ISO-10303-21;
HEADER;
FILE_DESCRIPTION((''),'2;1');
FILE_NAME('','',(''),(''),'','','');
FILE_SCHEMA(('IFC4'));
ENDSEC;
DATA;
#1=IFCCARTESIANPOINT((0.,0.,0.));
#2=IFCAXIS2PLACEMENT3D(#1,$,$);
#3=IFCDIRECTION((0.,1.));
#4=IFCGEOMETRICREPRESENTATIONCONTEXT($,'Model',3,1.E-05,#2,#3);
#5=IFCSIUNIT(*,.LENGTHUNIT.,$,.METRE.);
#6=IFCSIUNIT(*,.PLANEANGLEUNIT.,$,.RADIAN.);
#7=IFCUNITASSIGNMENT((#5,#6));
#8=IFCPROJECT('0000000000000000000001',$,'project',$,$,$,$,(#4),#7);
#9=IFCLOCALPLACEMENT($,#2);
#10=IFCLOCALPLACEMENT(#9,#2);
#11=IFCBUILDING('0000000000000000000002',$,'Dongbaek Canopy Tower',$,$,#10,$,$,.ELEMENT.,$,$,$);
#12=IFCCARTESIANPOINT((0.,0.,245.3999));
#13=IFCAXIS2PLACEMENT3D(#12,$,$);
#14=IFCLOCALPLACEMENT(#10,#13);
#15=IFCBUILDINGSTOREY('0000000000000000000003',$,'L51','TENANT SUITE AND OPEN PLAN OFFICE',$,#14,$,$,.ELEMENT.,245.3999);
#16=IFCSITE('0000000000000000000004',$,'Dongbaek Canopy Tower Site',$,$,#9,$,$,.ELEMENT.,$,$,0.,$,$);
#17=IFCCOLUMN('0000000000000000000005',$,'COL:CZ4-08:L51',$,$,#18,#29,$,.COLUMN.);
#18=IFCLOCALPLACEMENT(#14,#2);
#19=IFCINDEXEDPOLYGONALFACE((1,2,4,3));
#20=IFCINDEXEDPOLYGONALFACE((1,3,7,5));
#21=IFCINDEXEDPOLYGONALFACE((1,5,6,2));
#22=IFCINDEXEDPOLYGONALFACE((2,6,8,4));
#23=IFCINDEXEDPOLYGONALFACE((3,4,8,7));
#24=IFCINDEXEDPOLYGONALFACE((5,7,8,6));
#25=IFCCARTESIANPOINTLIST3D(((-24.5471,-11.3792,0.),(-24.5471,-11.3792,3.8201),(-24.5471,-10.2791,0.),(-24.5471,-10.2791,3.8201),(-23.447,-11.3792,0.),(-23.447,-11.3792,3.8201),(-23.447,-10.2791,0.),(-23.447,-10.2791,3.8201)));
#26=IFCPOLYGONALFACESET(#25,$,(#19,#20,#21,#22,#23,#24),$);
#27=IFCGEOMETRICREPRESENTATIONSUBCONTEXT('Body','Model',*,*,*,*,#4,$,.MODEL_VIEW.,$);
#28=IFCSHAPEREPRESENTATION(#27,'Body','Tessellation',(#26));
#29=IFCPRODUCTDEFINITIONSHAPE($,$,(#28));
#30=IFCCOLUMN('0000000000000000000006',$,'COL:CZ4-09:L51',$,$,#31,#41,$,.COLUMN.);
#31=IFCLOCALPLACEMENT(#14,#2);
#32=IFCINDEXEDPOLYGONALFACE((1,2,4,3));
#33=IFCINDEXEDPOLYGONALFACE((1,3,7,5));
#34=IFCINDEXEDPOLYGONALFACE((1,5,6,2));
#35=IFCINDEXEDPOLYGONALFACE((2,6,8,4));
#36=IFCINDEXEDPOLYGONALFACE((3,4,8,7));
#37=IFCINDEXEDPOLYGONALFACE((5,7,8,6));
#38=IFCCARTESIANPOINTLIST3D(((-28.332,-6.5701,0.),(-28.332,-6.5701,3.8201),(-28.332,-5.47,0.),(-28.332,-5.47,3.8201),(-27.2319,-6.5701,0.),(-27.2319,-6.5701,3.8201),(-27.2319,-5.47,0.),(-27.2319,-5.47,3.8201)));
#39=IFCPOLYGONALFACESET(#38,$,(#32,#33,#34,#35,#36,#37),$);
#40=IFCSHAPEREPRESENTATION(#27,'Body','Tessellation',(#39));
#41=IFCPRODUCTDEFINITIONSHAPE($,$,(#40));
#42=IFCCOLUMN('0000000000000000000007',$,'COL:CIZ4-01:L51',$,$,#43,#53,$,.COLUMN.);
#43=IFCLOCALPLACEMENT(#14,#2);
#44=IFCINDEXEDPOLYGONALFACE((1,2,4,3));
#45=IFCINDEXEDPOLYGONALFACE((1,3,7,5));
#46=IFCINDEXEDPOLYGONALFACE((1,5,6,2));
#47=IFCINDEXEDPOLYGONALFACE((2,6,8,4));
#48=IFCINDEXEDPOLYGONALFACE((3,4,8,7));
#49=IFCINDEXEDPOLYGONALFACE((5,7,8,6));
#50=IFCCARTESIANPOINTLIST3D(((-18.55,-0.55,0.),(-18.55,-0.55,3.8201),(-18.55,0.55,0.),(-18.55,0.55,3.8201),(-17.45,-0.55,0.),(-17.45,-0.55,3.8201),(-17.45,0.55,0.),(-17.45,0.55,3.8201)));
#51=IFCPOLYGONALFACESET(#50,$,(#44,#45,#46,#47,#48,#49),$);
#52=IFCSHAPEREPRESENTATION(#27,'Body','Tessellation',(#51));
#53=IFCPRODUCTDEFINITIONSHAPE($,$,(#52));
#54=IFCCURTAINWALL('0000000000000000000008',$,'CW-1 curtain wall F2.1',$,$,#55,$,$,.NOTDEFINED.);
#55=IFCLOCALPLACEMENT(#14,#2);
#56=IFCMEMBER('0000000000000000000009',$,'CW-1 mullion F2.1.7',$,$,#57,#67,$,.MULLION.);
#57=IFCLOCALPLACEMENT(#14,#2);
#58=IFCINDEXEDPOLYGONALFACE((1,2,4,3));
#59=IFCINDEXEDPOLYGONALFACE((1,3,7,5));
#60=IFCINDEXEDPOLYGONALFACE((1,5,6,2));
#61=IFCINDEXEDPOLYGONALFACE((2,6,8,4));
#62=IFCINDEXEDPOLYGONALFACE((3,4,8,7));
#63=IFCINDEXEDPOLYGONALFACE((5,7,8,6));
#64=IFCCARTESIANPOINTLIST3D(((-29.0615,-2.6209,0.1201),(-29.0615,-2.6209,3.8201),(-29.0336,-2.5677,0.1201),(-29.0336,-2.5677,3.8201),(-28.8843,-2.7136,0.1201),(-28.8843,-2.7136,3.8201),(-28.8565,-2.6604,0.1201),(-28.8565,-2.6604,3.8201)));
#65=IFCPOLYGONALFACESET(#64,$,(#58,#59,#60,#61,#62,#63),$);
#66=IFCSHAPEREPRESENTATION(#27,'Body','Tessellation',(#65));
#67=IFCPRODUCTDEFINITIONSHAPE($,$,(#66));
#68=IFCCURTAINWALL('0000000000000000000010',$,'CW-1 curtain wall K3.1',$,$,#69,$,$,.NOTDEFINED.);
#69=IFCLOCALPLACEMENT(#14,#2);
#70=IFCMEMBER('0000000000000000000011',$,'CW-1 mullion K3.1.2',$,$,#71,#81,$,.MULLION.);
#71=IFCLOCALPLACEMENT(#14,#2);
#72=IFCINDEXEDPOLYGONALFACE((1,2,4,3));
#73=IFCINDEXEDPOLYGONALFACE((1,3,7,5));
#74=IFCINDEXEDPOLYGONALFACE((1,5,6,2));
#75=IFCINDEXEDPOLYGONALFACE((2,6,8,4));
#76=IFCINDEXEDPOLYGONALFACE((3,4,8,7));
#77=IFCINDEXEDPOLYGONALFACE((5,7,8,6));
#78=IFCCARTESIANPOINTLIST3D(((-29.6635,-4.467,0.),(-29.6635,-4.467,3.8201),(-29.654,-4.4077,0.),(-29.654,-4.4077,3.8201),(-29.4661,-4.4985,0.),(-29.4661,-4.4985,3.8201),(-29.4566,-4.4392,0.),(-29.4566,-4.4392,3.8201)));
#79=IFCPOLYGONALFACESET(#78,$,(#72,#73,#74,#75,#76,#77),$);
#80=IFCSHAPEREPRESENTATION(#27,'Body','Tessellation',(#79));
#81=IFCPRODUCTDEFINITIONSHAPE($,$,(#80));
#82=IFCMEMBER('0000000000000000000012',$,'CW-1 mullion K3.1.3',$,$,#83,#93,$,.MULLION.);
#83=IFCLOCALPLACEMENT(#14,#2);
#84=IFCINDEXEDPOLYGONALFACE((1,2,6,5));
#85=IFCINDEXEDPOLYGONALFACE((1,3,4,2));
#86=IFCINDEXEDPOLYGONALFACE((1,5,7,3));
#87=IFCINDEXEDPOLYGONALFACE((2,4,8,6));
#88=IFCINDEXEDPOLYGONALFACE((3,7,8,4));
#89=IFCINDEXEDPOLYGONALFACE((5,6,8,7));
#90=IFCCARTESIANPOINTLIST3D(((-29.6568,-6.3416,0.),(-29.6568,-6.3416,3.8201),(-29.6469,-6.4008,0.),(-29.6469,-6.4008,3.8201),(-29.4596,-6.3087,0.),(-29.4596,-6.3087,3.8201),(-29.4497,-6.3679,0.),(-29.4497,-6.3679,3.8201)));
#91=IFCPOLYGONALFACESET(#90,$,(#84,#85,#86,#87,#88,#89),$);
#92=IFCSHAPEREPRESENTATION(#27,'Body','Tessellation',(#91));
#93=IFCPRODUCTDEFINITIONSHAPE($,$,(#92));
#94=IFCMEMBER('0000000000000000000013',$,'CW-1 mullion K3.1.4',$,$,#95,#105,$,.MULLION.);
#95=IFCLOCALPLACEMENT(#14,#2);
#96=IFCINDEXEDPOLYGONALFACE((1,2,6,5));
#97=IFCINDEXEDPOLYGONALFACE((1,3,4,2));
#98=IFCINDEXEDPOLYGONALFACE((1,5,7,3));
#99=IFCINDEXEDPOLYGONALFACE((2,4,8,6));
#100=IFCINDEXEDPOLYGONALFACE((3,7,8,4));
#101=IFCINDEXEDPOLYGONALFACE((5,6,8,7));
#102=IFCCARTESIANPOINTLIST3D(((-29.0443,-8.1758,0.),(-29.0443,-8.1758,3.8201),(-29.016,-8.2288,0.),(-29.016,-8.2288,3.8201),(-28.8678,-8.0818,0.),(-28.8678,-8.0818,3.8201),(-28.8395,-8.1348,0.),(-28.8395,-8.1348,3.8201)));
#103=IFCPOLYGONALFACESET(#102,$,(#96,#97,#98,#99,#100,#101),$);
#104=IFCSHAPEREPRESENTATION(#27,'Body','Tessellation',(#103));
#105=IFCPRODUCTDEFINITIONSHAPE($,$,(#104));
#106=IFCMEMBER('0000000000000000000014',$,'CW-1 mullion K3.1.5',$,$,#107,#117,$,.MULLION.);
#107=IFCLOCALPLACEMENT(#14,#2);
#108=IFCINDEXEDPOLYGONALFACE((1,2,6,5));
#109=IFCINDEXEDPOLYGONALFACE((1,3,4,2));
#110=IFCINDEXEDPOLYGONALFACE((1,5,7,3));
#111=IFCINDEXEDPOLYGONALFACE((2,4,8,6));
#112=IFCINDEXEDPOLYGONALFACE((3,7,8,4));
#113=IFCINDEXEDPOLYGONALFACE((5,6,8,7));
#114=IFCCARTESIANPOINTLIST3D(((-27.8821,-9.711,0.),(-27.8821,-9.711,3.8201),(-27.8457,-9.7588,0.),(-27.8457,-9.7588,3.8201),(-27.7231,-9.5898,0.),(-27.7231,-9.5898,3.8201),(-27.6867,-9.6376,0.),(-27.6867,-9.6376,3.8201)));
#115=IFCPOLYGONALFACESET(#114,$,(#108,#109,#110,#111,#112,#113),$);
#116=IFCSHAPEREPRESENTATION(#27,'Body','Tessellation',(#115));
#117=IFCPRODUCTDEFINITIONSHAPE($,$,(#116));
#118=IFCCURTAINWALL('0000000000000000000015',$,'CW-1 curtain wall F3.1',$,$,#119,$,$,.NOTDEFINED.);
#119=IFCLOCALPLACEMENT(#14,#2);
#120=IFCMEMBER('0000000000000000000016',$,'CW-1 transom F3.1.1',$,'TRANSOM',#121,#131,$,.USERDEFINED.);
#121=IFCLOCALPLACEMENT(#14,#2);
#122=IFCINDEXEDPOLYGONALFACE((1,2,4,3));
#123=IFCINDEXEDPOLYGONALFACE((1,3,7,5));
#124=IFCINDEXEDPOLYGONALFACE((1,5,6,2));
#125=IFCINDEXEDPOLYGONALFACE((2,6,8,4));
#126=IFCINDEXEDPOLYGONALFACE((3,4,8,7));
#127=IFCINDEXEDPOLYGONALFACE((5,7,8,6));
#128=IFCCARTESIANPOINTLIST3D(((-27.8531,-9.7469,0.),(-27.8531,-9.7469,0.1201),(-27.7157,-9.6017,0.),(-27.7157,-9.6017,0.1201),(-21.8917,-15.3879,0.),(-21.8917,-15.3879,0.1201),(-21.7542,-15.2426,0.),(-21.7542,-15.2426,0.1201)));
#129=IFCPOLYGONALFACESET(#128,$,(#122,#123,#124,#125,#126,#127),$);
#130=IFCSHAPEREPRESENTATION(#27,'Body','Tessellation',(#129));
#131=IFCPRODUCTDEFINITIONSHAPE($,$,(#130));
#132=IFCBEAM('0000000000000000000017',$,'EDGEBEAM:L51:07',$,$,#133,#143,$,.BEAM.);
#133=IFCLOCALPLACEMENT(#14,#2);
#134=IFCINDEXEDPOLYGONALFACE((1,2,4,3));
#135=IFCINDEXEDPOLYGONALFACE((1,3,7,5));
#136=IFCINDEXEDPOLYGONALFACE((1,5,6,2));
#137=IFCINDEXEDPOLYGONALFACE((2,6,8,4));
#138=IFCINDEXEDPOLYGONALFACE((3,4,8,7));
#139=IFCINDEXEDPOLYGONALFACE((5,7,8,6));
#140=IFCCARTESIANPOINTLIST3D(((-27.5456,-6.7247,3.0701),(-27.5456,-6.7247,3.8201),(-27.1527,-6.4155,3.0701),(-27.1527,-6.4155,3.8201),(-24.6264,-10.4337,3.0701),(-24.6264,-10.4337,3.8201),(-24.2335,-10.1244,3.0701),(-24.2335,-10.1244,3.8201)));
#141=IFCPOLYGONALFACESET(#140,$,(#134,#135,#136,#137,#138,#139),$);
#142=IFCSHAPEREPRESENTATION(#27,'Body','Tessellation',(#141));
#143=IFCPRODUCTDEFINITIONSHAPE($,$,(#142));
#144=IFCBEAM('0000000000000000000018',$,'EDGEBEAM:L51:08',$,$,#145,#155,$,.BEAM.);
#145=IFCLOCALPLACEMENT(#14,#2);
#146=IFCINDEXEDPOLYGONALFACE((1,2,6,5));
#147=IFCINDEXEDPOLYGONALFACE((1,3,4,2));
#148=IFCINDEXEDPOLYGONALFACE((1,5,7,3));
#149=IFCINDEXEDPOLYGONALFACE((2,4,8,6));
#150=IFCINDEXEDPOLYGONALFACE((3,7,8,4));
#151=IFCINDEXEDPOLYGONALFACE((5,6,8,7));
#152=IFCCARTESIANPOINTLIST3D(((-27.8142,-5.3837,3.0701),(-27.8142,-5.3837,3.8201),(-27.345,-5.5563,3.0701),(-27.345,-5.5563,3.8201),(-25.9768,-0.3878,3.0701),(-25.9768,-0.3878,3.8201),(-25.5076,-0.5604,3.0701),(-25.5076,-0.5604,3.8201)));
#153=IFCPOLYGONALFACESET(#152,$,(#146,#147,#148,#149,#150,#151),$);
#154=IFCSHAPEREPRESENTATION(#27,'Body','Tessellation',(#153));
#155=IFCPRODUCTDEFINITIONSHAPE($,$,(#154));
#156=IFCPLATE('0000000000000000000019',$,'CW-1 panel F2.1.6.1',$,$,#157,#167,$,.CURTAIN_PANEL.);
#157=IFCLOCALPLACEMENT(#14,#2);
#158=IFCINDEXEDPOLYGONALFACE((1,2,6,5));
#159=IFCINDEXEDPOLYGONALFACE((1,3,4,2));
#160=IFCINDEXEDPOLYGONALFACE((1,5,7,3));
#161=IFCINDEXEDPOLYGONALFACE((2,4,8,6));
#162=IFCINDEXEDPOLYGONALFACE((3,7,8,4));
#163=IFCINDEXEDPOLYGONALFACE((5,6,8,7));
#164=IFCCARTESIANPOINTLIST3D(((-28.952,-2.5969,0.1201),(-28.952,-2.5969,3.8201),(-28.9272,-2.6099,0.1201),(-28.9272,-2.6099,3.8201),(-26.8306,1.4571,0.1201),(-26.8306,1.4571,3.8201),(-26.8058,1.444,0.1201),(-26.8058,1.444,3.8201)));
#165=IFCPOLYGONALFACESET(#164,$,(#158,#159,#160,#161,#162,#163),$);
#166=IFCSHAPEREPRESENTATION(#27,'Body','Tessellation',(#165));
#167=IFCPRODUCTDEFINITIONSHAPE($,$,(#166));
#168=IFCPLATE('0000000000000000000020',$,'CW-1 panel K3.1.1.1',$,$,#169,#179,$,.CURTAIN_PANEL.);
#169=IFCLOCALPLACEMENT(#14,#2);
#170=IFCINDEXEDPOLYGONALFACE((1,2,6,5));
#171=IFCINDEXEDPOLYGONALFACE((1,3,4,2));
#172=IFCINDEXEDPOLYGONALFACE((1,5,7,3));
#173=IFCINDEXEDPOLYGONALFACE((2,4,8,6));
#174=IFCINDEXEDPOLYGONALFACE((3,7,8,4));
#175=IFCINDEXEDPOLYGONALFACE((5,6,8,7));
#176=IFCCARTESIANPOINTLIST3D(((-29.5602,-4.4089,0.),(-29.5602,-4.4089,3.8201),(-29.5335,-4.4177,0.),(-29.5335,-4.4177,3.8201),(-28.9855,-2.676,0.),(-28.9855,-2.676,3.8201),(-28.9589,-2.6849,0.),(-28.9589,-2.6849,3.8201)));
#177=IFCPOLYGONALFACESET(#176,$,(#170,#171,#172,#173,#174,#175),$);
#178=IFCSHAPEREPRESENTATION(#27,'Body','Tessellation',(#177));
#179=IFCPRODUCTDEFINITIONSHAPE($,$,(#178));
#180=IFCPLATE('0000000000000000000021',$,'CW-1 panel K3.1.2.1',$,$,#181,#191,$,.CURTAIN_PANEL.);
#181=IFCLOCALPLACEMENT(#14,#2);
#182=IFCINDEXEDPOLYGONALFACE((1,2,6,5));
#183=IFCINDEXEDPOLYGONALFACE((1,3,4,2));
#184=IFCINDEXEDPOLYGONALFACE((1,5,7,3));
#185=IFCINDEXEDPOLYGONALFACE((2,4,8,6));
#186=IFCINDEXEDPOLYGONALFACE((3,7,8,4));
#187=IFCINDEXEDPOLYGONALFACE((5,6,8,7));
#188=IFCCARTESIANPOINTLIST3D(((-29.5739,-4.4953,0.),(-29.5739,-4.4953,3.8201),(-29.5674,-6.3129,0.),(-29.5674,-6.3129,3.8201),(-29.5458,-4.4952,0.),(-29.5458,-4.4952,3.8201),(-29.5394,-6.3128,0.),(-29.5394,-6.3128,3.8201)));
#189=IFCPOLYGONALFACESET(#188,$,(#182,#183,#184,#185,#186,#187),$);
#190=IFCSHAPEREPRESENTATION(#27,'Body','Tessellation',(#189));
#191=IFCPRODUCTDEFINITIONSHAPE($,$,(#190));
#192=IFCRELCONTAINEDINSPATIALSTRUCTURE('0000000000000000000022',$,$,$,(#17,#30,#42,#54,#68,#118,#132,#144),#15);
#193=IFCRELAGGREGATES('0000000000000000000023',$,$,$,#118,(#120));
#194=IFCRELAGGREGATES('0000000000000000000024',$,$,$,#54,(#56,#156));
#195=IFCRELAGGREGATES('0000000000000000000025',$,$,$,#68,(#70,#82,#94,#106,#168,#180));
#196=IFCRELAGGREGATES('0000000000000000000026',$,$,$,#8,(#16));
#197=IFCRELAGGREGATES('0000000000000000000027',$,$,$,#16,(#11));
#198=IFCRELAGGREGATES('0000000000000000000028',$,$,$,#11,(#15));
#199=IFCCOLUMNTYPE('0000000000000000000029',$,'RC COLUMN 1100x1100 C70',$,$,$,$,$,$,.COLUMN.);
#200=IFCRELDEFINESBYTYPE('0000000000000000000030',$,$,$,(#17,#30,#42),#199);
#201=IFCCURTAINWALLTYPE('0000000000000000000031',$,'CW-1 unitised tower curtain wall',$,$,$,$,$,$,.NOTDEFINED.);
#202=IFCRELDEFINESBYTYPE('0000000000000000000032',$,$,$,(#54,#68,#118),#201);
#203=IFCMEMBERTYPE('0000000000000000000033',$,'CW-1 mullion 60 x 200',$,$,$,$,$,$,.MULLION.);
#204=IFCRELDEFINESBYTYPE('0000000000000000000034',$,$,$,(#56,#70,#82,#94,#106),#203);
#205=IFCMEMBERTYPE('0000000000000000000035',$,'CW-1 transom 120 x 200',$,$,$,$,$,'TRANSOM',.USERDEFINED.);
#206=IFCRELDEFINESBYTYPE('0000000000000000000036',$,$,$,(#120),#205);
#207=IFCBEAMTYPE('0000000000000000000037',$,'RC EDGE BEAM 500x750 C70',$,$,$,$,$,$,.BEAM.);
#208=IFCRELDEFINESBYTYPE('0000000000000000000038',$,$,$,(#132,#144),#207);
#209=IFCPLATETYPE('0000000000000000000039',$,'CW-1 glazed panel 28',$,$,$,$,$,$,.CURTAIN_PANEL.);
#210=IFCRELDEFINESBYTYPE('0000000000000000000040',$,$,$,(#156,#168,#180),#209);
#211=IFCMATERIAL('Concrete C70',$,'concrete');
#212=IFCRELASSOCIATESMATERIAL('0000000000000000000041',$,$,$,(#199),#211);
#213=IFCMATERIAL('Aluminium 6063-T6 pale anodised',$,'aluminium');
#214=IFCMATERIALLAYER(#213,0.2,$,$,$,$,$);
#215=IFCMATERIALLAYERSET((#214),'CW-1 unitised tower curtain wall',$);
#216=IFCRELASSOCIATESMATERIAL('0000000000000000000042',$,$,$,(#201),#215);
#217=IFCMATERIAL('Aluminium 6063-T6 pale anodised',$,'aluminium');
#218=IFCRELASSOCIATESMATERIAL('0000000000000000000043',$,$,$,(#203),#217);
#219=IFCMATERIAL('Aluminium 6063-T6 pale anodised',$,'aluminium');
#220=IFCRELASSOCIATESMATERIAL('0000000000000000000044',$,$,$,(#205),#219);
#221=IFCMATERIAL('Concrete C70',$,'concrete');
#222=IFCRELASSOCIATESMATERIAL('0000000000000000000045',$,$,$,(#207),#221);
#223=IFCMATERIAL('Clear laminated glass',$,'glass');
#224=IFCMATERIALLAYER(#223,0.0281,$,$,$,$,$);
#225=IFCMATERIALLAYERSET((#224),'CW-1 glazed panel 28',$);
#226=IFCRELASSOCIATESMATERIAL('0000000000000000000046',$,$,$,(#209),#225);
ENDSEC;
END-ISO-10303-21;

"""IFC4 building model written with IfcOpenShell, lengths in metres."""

from ifc_helpers import new_model, si_unit, direction, frame, origin, origin_2d, place, context, subcontext, project, spatial, rectangle, extrude, material, layer, layer_set, material_profile, profile_set, type_object, element, aggregate, save


model = new_model("IFC4")

# Units and contexts
model_context = context("Model", 3, precision=1e-05, world=origin(), true_north=direction((0.0, 1.0)))
body_context = subcontext(model_context, "Body", "Model", "MODEL_VIEW")
ifc_project = project(units=[si_unit("LENGTHUNIT", "METRE"), si_unit("PLANEANGLEUNIT", "RADIAN")], contexts=[model_context])

# Site, building, storey
site_placement = place(None, origin())
site = spatial("IfcSite", under=ifc_project, at=site_placement, Name="Dongbaek Canopy Tower Site", CompositionType="ELEMENT", RefElevation=0.0)
building_placement = place(site_placement, origin())
building = spatial("IfcBuilding", under=site, at=building_placement, Name="Dongbaek Canopy Tower", CompositionType="ELEMENT")
storey_placement = place(building_placement, frame((0.0, 0.0, 245.3999)))
storey = spatial("IfcBuildingStorey", under=building, at=storey_placement, Name="L51", Description="TENANT SUITE AND OPEN PLAN OFFICE", CompositionType="ELEMENT", Elevation=245.3999)

# Columns
ifc_material_1 = material(Name="Concrete C70", Category="concrete")
ifc_material_profile_1 = material_profile(ifc_material_1, rectangle(XDim=1.1001, YDim=1.1001, at=origin_2d()), Name="RC COLUMN 1100x1100 C70")
ifc_profile_set_1 = profile_set([ifc_material_profile_1], Name="Concrete C70")
column_type = type_object("IfcColumnType", Name="RC COLUMN 1100x1100 C70", PredefinedType="COLUMN", material=ifc_profile_set_1)
for number, where, z_axis, x_axis, name in (
    (1, (-23.9971, -10.8291, 0.0), (0.0, 0.0, 1.0), (1.0, 0.0, 0.0), "COL:CZ4-08:L51"),
    (2, (-27.782, -6.02, 0.0), (0.0, 0.0, 1.0), (1.0, 0.0, 0.0), "COL:CZ4-09:L51"),
    (3, (-18.0, 0.0, 0.0), (0.0, 0.0, 1.0), (1.0, 0.0, 0.0), "COL:CIZ4-01:L51"),
):
    element("IfcColumn", number, at=place(storey_placement, frame(where, z_axis=z_axis, x_axis=x_axis)), inside=storey, type_object=column_type, Name=name, PredefinedType="COLUMN", context=body_context, shape_type="SweptSolid", body=[
        extrude(rectangle(XDim=1.1001, YDim=1.1001, at=origin_2d()), origin(), (0.0, 0.0, 1.0), 3.8201),
    ])

# Curtain wall, member
ifc_material_2 = material(Name="Aluminium 6063-T6 pale anodised", Category="aluminium")
ifc_layer_1 = layer(ifc_material_2, 0.2)
ifc_layer_set_1 = layer_set([ifc_layer_1], Name="CW-1 unitised tower curtain wall")
curtain_wall_type = type_object("IfcCurtainWallType", Name="CW-1 unitised tower curtain wall", PredefinedType="NOTDEFINED", material=ifc_layer_set_1)
curtain_wall_1_placement = place(storey_placement, origin())
curtain_wall_1 = element("IfcCurtainWall", 4, at=curtain_wall_1_placement, inside=storey, type_object=curtain_wall_type, Name="CW-1 curtain wall F2.1", PredefinedType="NOTDEFINED")
ifc_material_3 = material(Name="Aluminium 6063-T6 pale anodised", Category="aluminium")
ifc_material_profile_2 = material_profile(ifc_material_3, rectangle(XDim=0.2, YDim=0.0601, at=origin_2d()), Name="CW-1 mullion 60 x 200")
ifc_profile_set_2 = profile_set([ifc_material_profile_2], Name="Aluminium 6063-T6 pale anodised")
member_type_1 = type_object("IfcMemberType", Name="CW-1 mullion 60 x 200", PredefinedType="MULLION", material=ifc_profile_set_2)
member_1_placement = place(storey_placement, frame((-28.959, -2.6406, 0.1201), z_axis=(0.0, 0.0, 1.0), x_axis=(-0.886019, 0.463649, 0.0)))
member_1 = element("IfcMember", 5, at=member_1_placement, type_object=member_type_1, Name="CW-1 mullion F2.1.7", PredefinedType="MULLION", context=body_context, shape_type="SweptSolid", body=[
    extrude(rectangle(XDim=0.2, YDim=0.0601, at=origin_2d()), origin(), (0.0, 0.0, 1.0), 3.7),
])

# Curtain wall, members
curtain_wall_2_placement = place(storey_placement, origin())
curtain_wall_2 = element("IfcCurtainWall", 6, at=curtain_wall_2_placement, inside=storey, type_object=curtain_wall_type, Name="CW-1 curtain wall K3.1", PredefinedType="NOTDEFINED")
member_2_placement = place(storey_placement, frame((-29.5601, -4.4531, 0.0), z_axis=(0.0, 0.0, 1.0), x_axis=(-0.987493, 0.157665, 0.0)))
member_2 = element("IfcMember", 7, at=member_2_placement, type_object=member_type_1, Name="CW-1 mullion K3.1.2", PredefinedType="MULLION", context=body_context, shape_type="SweptSolid", body=[
    extrude(rectangle(XDim=0.2, YDim=0.0601, at=origin_2d()), origin(), (0.0, 0.0, 1.0), 3.8201),
])
member_3_placement = place(storey_placement, frame((-29.5532, -6.3547, 0.0), z_axis=(0.0, 0.0, 1.0), x_axis=(-0.986343, -0.164704, 0.0)))
member_3 = element("IfcMember", 8, at=member_3_placement, type_object=member_type_1, Name="CW-1 mullion K3.1.3", PredefinedType="MULLION", context=body_context, shape_type="SweptSolid", body=[
    extrude(rectangle(XDim=0.2, YDim=0.0601, at=origin_2d()), origin(), (0.0, 0.0, 1.0), 3.8201),
])
member_4_placement = place(storey_placement, frame((-28.9419, -8.1553, 0.0), z_axis=(0.0, 0.0, 1.0), x_axis=(-0.88269, -0.469956, 0.0)))
member_4 = element("IfcMember", 9, at=member_4_placement, type_object=member_type_1, Name="CW-1 mullion K3.1.4", PredefinedType="MULLION", context=body_context, shape_type="SweptSolid", body=[
    extrude(rectangle(XDim=0.2, YDim=0.0601, at=origin_2d()), origin(), (0.0, 0.0, 1.0), 3.8201),
])
member_5_placement = place(storey_placement, frame((-27.7844, -9.6743, 0.0), z_axis=(0.0, 0.0, 1.0), x_axis=(-0.795398, -0.606088, 0.0)))
member_5 = element("IfcMember", 10, at=member_5_placement, type_object=member_type_1, Name="CW-1 mullion K3.1.5", PredefinedType="MULLION", context=body_context, shape_type="SweptSolid", body=[
    extrude(rectangle(XDim=0.2, YDim=0.0601, at=origin_2d()), origin(), (0.0, 0.0, 1.0), 3.8201),
])

# Curtain wall, member
curtain_wall_3_placement = place(storey_placement, origin())
curtain_wall_3 = element("IfcCurtainWall", 11, at=curtain_wall_3_placement, inside=storey, type_object=curtain_wall_type, Name="CW-1 curtain wall F3.1", PredefinedType="NOTDEFINED")
ifc_material_4 = material(Name="Aluminium 6063-T6 pale anodised", Category="aluminium")
ifc_material_profile_3 = material_profile(ifc_material_4, rectangle(XDim=0.2, YDim=0.1201, at=origin_2d()), Name="CW-1 transom 120 x 200")
ifc_profile_set_3 = profile_set([ifc_material_profile_3], Name="Aluminium 6063-T6 pale anodised")
member_type_2 = type_object("IfcMemberType", Name="CW-1 transom 120 x 200", ElementType="TRANSOM", PredefinedType="USERDEFINED", material=ifc_profile_set_3)
member_6_placement = place(storey_placement, frame((-27.7844, -9.6743, 0.0601), z_axis=(0.726366, -0.687308, 0.0), x_axis=(0.687308, 0.726366, 0.0)))
member_6 = element("IfcMember", 12, at=member_6_placement, type_object=member_type_2, Name="CW-1 transom F3.1.1", ObjectType="TRANSOM", PredefinedType="USERDEFINED", context=body_context, shape_type="SweptSolid", body=[
    extrude(rectangle(XDim=0.2, YDim=0.1201, at=origin_2d()), origin(), (0.0, 0.0, 1.0), 8.2073),
])
aggregate(curtain_wall_3, [member_6])

# Beams
ifc_material_5 = material(Name="Concrete C70", Category="concrete")
ifc_material_profile_4 = material_profile(ifc_material_5, rectangle(XDim=0.5, YDim=0.75, at=origin_2d()), Name="RC EDGE BEAM 500x750 C70")
ifc_profile_set_4 = profile_set([ifc_material_profile_4], Name="Concrete C70")
beam_type = type_object("IfcBeamType", Name="RC EDGE BEAM 500x750 C70", PredefinedType="BEAM", material=ifc_profile_set_4)
beam_1_placement = place(storey_placement, frame((-24.4299, -10.2791, 3.4451), z_axis=(-0.618475, 0.785805, 0.0), x_axis=(-0.785805, -0.618475, 0.0)))
element("IfcBeam", 13, at=beam_1_placement, inside=storey, type_object=beam_type, Name="EDGEBEAM:L51:07", PredefinedType="BEAM", context=body_context, shape_type="SweptSolid", body=[
    extrude(rectangle(XDim=0.5, YDim=0.75, at=origin_2d()), origin(), (0.0, 0.0, 1.0), 4.72),
])
beam_2_placement = place(storey_placement, frame((-27.5796, -5.47, 3.4451), z_axis=(0.34518, 0.938536, 0.0), x_axis=(-0.938536, 0.34518, 0.0)))
element("IfcBeam", 14, at=beam_2_placement, inside=storey, type_object=beam_type, Name="EDGEBEAM:L51:08", PredefinedType="BEAM", context=body_context, shape_type="SweptSolid", body=[
    extrude(rectangle(XDim=0.5, YDim=0.75, at=origin_2d()), origin(), (0.0, 0.0, 1.0), 5.323),
])

# Plates
ifc_material_6 = material(Name="Clear laminated glass", Category="glass")
ifc_layer_2 = layer(ifc_material_6, 0.0281)
ifc_layer_set_2 = layer_set([ifc_layer_2], Name="CW-1 glazed panel 28")
plate_type = type_object("IfcPlateType", Name="CW-1 glazed panel 28", PredefinedType="CURTAIN_PANEL", material=ifc_layer_set_2)
plate_1_placement = place(storey_placement, frame((-27.8789, -0.5764, 0.1201), z_axis=(0.0, 0.0, 1.0), x_axis=(-0.463649, -0.886019, 0.0)))
plate_1 = element("IfcPlate", 15, at=plate_1_placement, type_object=plate_type, Name="CW-1 panel F2.1.6.1", PredefinedType="CURTAIN_PANEL", context=body_context, shape_type="SweptSolid", body=[
    extrude(rectangle(XDim=4.5754, YDim=0.0281, at=origin_2d()), origin(), (0.0, 0.0, 1.0), 3.7),
])
plate_2_placement = place(storey_placement, frame((-29.2595, -3.5469, 0.0), z_axis=(0.0, 0.0, 1.0), x_axis=(-0.314773, -0.949167, 0.0)))
plate_2 = element("IfcPlate", 16, at=plate_2_placement, type_object=plate_type, Name="CW-1 panel K3.1.1.1", PredefinedType="CURTAIN_PANEL", context=body_context, shape_type="SweptSolid", body=[
    extrude(rectangle(XDim=1.8257, YDim=0.0281, at=origin_2d()), origin(), (0.0, 0.0, 1.0), 3.8201),
])
plate_3_placement = place(storey_placement, frame((-29.5566, -5.4041, 0.0), z_axis=(0.0, 0.0, 1.0), x_axis=(0.003566, -0.999994, 0.0)))
plate_3 = element("IfcPlate", 17, at=plate_3_placement, type_object=plate_type, Name="CW-1 panel K3.1.2.1", PredefinedType="CURTAIN_PANEL", context=body_context, shape_type="SweptSolid", body=[
    extrude(rectangle(XDim=1.8176, YDim=0.0281, at=origin_2d()), origin(), (0.0, 0.0, 1.0), 3.8201),
])

aggregate(curtain_wall_1, [member_1, plate_1])
aggregate(curtain_wall_2, [member_2, member_3, member_4, member_5, plate_2, plate_3])

save(model, "model.ifc")
